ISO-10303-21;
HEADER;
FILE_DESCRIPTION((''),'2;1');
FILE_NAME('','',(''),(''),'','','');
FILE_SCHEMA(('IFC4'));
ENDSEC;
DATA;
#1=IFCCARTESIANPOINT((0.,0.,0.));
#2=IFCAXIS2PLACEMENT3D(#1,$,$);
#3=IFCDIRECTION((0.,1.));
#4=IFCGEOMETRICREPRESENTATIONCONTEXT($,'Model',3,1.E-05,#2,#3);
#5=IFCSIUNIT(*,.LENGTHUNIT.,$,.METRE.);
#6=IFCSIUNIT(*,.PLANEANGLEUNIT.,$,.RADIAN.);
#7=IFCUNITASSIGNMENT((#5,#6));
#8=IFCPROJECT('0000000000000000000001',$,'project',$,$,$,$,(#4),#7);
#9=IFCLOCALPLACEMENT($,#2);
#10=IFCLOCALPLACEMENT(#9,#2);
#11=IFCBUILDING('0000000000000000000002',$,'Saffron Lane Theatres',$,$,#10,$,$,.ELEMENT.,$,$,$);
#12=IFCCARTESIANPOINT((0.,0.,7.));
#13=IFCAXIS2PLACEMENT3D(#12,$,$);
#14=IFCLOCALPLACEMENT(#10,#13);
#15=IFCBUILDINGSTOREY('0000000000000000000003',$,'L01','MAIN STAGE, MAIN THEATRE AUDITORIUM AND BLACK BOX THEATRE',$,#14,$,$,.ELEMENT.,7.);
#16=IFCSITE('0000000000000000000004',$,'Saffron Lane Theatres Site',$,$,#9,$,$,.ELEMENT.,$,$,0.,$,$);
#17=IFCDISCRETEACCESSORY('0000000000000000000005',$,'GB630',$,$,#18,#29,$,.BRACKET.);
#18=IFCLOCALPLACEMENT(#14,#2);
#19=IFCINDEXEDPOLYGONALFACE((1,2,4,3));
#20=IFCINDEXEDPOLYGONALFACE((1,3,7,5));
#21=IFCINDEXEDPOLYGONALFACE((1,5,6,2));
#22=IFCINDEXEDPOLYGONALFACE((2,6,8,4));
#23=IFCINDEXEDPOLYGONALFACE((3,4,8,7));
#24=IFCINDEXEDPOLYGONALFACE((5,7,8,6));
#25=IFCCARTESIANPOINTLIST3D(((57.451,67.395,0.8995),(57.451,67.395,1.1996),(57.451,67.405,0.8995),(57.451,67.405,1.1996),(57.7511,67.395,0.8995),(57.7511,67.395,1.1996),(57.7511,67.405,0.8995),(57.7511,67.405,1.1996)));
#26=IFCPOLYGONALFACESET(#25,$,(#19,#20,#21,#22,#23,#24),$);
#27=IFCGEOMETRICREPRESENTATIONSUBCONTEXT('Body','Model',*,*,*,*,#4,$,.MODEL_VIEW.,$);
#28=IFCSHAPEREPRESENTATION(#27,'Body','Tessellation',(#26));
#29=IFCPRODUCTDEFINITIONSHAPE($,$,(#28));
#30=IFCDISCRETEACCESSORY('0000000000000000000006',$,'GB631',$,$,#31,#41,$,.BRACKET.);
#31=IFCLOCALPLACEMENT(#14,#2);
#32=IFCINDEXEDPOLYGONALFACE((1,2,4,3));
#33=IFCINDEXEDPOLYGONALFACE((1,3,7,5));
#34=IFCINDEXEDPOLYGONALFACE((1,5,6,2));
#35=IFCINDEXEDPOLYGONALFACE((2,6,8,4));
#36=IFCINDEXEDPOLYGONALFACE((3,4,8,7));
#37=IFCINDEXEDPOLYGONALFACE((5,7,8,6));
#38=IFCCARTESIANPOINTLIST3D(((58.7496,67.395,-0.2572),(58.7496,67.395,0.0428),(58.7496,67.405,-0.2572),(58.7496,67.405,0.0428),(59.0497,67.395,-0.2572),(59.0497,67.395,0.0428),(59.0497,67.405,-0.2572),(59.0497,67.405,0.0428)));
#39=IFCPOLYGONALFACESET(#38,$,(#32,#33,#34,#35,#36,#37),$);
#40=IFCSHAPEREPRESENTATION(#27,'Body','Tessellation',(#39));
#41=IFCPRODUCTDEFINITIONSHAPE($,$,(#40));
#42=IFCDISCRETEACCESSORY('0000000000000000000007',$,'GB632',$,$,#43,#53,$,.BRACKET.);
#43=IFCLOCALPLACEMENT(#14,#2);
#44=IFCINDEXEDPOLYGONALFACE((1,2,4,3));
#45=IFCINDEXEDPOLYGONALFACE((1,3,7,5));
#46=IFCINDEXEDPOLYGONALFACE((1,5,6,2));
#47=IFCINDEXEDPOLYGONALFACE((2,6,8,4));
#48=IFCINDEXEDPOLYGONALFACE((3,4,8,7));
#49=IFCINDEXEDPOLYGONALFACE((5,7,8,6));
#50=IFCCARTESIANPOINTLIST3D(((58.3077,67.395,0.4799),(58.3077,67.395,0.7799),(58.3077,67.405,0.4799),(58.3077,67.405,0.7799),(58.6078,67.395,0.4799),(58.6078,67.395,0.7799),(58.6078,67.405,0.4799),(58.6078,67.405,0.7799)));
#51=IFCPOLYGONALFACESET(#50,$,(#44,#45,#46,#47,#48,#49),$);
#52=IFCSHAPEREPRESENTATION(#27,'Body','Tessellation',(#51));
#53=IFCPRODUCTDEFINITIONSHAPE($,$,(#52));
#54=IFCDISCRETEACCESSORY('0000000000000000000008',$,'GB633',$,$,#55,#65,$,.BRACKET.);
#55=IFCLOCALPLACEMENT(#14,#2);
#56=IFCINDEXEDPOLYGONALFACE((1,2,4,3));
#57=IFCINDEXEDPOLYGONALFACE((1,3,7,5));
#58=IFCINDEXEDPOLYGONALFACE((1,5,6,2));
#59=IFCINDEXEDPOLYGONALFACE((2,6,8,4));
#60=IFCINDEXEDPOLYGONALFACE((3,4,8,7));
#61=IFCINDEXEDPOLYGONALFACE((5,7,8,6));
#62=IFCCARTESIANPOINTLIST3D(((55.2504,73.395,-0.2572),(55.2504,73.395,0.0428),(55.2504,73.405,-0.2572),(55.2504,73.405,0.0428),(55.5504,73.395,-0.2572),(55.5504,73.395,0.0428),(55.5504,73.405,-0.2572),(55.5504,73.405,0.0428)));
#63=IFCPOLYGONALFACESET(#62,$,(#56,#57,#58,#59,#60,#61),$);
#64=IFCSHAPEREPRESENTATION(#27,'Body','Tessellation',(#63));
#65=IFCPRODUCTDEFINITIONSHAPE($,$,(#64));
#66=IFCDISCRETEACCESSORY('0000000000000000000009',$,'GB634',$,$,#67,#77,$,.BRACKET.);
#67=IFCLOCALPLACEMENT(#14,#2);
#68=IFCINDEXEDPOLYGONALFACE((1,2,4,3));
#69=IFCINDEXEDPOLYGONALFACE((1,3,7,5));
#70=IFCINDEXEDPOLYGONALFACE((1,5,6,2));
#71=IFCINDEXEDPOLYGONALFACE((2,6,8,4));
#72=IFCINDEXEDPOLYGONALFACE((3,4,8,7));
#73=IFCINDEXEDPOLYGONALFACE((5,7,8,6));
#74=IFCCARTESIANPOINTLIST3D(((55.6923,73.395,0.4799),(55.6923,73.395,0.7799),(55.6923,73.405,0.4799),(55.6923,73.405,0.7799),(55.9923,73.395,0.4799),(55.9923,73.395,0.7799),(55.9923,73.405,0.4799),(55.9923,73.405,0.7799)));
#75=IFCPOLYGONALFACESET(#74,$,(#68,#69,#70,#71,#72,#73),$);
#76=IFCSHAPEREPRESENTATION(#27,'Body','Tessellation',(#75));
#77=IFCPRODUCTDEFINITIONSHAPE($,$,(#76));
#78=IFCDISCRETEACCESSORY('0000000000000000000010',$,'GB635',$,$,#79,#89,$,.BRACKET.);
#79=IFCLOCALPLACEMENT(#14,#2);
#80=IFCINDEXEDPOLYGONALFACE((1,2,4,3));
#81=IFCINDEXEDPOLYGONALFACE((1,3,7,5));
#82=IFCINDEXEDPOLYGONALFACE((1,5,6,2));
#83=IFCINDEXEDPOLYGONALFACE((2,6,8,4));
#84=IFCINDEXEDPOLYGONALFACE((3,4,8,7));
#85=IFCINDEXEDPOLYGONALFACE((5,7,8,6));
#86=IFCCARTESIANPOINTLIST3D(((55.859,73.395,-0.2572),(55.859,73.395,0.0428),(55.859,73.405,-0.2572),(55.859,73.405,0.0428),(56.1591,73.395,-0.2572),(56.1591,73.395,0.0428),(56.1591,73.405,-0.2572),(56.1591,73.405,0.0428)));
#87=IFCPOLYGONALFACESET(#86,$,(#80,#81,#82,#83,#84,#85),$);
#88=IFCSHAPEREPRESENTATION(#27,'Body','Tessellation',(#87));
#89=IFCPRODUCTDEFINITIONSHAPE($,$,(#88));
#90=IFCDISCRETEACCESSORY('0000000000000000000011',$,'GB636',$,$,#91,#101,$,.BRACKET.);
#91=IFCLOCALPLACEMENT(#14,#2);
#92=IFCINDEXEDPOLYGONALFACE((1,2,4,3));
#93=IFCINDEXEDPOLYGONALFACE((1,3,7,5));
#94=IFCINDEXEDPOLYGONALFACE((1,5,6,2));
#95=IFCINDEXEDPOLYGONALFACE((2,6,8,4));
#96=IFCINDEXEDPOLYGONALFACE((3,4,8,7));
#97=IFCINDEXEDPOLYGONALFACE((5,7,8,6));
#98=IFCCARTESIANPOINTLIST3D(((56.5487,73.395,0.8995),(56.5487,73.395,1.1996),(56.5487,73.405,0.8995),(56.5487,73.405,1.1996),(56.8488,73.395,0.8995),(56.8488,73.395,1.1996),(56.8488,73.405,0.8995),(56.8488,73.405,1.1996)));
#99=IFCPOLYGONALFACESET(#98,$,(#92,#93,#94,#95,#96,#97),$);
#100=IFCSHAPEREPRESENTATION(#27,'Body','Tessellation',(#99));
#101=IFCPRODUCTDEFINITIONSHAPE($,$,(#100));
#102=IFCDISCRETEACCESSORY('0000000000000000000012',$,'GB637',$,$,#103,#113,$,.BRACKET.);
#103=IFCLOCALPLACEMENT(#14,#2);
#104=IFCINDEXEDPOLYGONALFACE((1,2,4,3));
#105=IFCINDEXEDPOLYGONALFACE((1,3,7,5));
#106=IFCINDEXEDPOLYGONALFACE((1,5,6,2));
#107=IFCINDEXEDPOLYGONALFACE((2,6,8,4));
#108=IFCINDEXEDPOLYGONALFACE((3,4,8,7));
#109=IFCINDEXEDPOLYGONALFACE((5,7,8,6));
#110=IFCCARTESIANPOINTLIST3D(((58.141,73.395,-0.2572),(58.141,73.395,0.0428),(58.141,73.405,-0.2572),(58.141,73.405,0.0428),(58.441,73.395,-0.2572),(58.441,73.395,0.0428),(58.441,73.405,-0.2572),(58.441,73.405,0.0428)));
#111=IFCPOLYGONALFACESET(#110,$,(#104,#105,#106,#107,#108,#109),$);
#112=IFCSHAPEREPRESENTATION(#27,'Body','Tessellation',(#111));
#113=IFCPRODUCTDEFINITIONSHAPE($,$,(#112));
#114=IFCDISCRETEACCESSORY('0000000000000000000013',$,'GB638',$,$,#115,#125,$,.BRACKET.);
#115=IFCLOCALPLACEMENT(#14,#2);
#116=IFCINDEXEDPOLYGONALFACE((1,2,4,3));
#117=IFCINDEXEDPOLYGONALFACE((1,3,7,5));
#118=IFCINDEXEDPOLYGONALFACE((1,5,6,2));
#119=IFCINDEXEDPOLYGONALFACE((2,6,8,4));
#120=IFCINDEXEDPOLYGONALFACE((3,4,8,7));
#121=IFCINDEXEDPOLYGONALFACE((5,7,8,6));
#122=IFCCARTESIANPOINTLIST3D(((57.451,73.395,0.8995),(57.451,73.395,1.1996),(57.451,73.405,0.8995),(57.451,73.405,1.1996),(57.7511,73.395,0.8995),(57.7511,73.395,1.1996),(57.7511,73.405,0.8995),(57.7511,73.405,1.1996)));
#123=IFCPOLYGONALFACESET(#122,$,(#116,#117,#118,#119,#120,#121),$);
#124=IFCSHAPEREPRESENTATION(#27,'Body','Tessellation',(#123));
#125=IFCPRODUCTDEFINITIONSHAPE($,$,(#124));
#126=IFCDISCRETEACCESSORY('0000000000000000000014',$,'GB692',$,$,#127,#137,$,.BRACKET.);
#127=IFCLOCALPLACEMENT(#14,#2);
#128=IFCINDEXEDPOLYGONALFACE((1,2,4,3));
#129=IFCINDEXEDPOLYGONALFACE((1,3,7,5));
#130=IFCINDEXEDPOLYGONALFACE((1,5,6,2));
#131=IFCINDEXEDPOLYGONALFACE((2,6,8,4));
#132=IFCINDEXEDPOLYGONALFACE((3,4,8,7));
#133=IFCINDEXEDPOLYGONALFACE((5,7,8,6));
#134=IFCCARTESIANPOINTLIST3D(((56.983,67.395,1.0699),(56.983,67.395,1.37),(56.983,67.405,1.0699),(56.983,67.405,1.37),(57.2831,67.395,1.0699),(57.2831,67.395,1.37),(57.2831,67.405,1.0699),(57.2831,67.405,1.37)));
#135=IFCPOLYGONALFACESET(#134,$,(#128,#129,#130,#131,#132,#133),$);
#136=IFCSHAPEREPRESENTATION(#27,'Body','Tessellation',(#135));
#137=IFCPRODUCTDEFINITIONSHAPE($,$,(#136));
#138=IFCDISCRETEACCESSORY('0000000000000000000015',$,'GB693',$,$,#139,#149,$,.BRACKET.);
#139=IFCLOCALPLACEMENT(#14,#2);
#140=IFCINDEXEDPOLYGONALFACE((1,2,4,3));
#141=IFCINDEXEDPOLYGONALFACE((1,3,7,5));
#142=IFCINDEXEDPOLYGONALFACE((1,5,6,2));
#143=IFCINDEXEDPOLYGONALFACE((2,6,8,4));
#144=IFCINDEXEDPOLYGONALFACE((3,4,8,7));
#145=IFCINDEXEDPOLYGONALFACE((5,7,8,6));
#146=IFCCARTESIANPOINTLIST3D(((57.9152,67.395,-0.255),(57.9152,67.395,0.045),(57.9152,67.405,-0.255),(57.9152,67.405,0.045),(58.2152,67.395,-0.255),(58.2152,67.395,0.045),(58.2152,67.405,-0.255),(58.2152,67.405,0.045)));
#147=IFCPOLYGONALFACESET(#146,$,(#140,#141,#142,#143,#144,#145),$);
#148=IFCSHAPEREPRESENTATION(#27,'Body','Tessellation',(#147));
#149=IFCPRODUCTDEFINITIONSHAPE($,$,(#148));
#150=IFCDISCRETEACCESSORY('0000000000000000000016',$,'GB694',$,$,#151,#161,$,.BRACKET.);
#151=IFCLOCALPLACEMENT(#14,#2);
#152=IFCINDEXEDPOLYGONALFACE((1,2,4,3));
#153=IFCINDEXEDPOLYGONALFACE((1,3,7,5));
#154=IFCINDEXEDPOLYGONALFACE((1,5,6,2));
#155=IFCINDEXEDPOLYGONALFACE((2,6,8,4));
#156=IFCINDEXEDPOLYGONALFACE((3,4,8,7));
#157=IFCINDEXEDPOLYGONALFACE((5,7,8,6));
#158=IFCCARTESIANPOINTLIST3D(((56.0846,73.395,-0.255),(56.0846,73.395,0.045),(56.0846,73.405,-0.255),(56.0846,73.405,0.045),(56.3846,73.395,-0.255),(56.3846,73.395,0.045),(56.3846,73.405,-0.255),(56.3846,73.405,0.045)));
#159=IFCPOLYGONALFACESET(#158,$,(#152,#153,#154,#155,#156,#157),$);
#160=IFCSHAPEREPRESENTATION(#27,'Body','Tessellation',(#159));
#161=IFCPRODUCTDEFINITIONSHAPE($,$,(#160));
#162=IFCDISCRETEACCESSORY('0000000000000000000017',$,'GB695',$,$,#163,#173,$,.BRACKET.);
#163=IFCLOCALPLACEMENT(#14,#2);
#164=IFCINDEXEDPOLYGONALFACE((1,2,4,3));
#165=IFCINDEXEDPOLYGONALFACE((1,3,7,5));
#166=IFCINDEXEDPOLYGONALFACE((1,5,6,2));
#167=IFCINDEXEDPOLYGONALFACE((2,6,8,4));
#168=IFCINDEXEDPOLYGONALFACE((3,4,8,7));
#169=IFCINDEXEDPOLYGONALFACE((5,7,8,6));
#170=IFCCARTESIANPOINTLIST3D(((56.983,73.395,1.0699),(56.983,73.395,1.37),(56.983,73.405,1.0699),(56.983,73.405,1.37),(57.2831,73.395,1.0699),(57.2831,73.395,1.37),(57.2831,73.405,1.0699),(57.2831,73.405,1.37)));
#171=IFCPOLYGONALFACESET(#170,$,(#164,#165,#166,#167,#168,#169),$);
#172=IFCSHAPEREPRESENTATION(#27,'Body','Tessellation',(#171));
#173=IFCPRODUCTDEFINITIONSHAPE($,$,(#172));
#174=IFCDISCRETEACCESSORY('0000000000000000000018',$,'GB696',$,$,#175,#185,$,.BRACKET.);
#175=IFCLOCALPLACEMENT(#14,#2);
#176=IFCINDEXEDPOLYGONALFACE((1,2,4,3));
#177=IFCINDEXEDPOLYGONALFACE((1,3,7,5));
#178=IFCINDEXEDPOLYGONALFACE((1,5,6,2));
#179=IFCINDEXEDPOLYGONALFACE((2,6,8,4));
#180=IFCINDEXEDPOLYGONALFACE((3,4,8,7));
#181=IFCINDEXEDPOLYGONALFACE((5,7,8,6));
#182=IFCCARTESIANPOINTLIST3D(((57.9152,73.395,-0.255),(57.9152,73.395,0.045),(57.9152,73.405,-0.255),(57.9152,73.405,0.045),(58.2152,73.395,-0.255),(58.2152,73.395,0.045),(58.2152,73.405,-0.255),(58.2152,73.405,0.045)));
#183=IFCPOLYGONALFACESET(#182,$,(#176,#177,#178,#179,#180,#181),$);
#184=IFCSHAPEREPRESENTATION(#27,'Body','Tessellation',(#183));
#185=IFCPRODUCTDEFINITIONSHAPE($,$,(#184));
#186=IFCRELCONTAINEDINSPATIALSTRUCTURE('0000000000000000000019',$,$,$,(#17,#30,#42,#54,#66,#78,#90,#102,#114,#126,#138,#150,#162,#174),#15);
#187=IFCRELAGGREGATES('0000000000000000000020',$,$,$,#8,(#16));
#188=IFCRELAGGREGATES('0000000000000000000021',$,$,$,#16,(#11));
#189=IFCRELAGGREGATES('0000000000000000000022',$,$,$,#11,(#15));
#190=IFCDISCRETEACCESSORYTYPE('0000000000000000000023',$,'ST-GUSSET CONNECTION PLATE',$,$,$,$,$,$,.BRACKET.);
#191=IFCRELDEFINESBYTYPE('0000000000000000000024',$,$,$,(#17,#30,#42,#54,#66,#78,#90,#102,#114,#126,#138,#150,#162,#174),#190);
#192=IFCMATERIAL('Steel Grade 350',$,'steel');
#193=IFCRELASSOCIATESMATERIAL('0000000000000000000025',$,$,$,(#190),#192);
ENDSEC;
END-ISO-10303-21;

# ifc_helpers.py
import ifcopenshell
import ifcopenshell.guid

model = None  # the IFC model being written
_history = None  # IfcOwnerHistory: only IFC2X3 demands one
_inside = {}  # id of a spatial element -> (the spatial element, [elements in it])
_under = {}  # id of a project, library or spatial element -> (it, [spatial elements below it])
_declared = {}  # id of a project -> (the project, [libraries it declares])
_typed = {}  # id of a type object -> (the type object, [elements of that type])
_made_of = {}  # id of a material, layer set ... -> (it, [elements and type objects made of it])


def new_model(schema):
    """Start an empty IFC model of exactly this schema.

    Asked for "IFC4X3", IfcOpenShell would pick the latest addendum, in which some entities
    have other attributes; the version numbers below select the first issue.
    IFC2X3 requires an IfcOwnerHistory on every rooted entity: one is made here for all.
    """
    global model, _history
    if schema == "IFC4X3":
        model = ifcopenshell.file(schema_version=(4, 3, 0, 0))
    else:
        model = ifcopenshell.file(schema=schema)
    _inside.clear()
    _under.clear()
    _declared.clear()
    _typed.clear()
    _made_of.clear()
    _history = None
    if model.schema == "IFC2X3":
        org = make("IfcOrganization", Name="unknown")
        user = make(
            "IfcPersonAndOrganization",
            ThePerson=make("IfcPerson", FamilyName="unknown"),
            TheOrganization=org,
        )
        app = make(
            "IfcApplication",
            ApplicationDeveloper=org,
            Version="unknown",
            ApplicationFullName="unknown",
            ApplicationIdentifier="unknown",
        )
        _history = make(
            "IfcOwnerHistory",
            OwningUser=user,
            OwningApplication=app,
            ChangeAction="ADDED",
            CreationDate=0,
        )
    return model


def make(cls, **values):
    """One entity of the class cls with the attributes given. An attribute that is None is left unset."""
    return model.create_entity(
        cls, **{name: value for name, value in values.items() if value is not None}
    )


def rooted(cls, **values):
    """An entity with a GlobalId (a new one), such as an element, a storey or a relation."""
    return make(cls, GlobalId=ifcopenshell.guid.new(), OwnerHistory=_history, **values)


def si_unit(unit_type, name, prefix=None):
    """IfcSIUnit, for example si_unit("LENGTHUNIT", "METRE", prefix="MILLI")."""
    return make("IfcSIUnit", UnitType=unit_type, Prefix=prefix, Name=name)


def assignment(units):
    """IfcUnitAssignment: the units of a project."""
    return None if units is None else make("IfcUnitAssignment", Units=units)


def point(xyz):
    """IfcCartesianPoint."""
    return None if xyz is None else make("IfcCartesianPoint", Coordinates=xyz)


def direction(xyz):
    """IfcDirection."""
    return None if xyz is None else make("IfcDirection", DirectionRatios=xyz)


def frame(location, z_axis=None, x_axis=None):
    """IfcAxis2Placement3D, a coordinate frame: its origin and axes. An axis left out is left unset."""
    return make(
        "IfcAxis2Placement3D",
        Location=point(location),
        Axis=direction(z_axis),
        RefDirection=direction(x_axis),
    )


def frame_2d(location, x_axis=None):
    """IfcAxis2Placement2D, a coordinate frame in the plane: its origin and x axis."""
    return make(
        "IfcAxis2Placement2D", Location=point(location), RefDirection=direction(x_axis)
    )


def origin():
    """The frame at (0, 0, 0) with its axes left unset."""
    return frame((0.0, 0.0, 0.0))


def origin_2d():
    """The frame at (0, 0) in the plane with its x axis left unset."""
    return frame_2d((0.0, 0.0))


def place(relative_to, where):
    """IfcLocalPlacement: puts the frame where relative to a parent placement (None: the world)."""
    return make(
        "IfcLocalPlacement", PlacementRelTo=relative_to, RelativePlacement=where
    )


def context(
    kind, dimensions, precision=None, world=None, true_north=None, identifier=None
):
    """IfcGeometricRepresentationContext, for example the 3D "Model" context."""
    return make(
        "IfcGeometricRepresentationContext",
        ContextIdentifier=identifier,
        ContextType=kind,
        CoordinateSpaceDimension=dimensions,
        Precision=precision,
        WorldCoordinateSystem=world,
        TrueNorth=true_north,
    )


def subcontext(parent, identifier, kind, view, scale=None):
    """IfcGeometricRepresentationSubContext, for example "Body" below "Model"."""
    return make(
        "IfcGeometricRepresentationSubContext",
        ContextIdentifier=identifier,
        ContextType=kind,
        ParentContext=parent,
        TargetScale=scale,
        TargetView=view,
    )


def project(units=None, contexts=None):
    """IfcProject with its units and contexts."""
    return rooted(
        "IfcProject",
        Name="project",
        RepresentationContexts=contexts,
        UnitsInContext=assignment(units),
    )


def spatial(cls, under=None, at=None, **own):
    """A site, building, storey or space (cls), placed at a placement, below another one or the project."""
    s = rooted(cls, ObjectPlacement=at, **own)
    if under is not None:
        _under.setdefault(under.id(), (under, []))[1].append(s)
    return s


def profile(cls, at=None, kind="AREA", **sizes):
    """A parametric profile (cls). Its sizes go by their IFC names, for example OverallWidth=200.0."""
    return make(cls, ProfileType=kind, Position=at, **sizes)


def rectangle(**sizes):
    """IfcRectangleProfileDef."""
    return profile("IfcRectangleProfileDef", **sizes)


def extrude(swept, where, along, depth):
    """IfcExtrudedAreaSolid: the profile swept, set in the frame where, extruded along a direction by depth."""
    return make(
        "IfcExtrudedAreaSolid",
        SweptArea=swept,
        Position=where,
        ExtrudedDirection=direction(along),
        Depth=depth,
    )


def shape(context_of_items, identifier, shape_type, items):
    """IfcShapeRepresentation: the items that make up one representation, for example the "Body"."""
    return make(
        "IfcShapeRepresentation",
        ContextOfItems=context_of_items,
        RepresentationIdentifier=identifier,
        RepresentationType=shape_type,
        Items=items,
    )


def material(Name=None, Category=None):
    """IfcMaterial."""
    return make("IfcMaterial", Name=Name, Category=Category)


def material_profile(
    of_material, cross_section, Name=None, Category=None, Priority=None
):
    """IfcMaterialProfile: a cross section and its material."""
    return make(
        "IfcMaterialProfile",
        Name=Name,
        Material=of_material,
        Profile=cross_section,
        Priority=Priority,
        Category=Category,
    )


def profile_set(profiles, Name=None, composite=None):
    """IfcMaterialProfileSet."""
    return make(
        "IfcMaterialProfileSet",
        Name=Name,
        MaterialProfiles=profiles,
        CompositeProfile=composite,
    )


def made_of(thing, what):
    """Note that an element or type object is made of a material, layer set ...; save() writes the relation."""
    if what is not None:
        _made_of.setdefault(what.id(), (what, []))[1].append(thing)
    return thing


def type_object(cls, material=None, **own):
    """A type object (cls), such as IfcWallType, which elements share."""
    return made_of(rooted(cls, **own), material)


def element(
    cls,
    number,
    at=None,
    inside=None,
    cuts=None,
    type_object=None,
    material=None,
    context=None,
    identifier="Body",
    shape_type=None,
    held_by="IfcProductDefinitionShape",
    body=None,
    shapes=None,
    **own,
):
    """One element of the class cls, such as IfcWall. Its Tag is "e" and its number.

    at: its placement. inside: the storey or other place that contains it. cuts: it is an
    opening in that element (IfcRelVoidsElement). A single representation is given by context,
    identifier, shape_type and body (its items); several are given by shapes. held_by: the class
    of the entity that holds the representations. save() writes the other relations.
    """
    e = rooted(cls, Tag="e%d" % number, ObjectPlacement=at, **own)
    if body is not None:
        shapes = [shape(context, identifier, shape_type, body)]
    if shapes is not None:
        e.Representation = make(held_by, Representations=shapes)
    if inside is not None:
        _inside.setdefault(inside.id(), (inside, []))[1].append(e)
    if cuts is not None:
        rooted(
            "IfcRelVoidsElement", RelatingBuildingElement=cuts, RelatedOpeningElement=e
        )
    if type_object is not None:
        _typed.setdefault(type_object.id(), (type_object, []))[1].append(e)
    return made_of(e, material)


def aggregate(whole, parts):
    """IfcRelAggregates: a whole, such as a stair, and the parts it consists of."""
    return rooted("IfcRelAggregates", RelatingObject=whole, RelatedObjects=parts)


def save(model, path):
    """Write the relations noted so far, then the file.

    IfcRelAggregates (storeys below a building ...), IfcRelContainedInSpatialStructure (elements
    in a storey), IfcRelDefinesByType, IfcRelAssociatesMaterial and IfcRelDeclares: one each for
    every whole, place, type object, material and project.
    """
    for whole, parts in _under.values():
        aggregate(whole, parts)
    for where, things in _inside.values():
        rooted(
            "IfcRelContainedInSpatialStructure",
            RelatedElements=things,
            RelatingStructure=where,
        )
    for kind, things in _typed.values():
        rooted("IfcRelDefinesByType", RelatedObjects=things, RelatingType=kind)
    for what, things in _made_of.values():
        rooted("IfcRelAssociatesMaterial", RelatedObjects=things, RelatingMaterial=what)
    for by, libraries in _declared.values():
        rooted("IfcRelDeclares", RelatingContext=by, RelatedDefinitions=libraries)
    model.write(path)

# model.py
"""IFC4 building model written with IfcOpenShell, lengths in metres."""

from ifc_helpers import new_model, si_unit, direction, frame, origin, origin_2d, place, context, subcontext, project, spatial, rectangle, extrude, material, material_profile, profile_set, type_object, element, save


model = new_model("IFC4")

# Units and contexts
model_context = context("Model", 3, precision=1e-05, world=origin(), true_north=direction((0.0, 1.0)))
body_context = subcontext(model_context, "Body", "Model", "MODEL_VIEW")
ifc_project = project(units=[si_unit("LENGTHUNIT", "METRE"), si_unit("PLANEANGLEUNIT", "RADIAN")], contexts=[model_context])

# Site, building, storey
site_placement = place(None, origin())
site = spatial("IfcSite", under=ifc_project, at=site_placement, Name="Saffron Lane Theatres Site", CompositionType="ELEMENT", RefElevation=0.0)
building_placement = place(site_placement, origin())
building = spatial("IfcBuilding", under=site, at=building_placement, Name="Saffron Lane Theatres", CompositionType="ELEMENT")
storey_placement = place(building_placement, frame((0.0, 0.0, 7.0)))
storey = spatial("IfcBuildingStorey", under=building, at=storey_placement, Name="L01", Description="MAIN STAGE, MAIN THEATRE AUDITORIUM AND BLACK BOX THEATRE", CompositionType="ELEMENT", Elevation=7.0)

# Discrete accessories
ifc_material_1 = material(Name="Steel Grade 350", Category="steel")
ifc_material_profile_1 = material_profile(ifc_material_1, rectangle(XDim=0.3, YDim=0.3, at=origin_2d()))
ifc_profile_set_1 = profile_set([ifc_material_profile_1], Name="Steel Grade 350")
discrete_accessory_type = type_object("IfcDiscreteAccessoryType", Name="ST-GUSSET CONNECTION PLATE", PredefinedType="BRACKET", material=ifc_profile_set_1)
for number, where, z_axis, x_axis, name in (
    (1, (57.6011, 67.395, 1.0496), (0.0, 1.0, 0.0), (-1.0, 0.0, 0.0), "GB630"),
    (2, (58.8997, 67.395, -0.1072), (0.0, 1.0, 0.0), (-1.0, 0.0, 0.0), "GB631"),
    (3, (58.4578, 67.395, 0.6299), (0.0, 1.0, 0.0), (-1.0, 0.0, 0.0), "GB632"),
    (4, (55.4004, 73.395, -0.1072), (0.0, 1.0, 0.0), (-1.0, 0.0, 0.0), "GB633"),
    (5, (55.8423, 73.395, 0.6299), (0.0, 1.0, 0.0), (-1.0, 0.0, 0.0), "GB634"),
    (6, (56.009, 73.395, -0.1072), (0.0, 1.0, 0.0), (-1.0, 0.0, 0.0), "GB635"),
    (7, (56.6987, 73.395, 1.0496), (0.0, 1.0, 0.0), (-1.0, 0.0, 0.0), "GB636"),
    (8, (58.291, 73.395, -0.1072), (0.0, 1.0, 0.0), (-1.0, 0.0, 0.0), "GB637"),
    (9, (57.6011, 73.395, 1.0496), (0.0, 1.0, 0.0), (-1.0, 0.0, 0.0), "GB638"),
    (10, (57.1331, 67.395, 1.22), (0.0, 1.0, 0.0), (-1.0, 0.0, 0.0), "GB692"),
    (11, (58.0652, 67.395, -0.105), (0.0, 1.0, 0.0), (-1.0, 0.0, 0.0), "GB693"),
    (12, (56.2346, 73.395, -0.105), (0.0, 1.0, 0.0), (-1.0, 0.0, 0.0), "GB694"),
    (13, (57.1331, 73.395, 1.22), (0.0, 1.0, 0.0), (-1.0, 0.0, 0.0), "GB695"),
    (14, (58.0652, 73.395, -0.105), (0.0, 1.0, 0.0), (-1.0, 0.0, 0.0), "GB696"),
):
    element("IfcDiscreteAccessory", number, at=place(storey_placement, frame(where, z_axis=z_axis, x_axis=x_axis)), inside=storey, type_object=discrete_accessory_type, Name=name, PredefinedType="BRACKET", context=body_context, shape_type="SweptSolid", body=[
        extrude(rectangle(XDim=0.3, YDim=0.3, at=origin_2d()), origin(), (0.0, 0.0, 1.0), 0.01),
    ])

save(model, "model.ifc")
